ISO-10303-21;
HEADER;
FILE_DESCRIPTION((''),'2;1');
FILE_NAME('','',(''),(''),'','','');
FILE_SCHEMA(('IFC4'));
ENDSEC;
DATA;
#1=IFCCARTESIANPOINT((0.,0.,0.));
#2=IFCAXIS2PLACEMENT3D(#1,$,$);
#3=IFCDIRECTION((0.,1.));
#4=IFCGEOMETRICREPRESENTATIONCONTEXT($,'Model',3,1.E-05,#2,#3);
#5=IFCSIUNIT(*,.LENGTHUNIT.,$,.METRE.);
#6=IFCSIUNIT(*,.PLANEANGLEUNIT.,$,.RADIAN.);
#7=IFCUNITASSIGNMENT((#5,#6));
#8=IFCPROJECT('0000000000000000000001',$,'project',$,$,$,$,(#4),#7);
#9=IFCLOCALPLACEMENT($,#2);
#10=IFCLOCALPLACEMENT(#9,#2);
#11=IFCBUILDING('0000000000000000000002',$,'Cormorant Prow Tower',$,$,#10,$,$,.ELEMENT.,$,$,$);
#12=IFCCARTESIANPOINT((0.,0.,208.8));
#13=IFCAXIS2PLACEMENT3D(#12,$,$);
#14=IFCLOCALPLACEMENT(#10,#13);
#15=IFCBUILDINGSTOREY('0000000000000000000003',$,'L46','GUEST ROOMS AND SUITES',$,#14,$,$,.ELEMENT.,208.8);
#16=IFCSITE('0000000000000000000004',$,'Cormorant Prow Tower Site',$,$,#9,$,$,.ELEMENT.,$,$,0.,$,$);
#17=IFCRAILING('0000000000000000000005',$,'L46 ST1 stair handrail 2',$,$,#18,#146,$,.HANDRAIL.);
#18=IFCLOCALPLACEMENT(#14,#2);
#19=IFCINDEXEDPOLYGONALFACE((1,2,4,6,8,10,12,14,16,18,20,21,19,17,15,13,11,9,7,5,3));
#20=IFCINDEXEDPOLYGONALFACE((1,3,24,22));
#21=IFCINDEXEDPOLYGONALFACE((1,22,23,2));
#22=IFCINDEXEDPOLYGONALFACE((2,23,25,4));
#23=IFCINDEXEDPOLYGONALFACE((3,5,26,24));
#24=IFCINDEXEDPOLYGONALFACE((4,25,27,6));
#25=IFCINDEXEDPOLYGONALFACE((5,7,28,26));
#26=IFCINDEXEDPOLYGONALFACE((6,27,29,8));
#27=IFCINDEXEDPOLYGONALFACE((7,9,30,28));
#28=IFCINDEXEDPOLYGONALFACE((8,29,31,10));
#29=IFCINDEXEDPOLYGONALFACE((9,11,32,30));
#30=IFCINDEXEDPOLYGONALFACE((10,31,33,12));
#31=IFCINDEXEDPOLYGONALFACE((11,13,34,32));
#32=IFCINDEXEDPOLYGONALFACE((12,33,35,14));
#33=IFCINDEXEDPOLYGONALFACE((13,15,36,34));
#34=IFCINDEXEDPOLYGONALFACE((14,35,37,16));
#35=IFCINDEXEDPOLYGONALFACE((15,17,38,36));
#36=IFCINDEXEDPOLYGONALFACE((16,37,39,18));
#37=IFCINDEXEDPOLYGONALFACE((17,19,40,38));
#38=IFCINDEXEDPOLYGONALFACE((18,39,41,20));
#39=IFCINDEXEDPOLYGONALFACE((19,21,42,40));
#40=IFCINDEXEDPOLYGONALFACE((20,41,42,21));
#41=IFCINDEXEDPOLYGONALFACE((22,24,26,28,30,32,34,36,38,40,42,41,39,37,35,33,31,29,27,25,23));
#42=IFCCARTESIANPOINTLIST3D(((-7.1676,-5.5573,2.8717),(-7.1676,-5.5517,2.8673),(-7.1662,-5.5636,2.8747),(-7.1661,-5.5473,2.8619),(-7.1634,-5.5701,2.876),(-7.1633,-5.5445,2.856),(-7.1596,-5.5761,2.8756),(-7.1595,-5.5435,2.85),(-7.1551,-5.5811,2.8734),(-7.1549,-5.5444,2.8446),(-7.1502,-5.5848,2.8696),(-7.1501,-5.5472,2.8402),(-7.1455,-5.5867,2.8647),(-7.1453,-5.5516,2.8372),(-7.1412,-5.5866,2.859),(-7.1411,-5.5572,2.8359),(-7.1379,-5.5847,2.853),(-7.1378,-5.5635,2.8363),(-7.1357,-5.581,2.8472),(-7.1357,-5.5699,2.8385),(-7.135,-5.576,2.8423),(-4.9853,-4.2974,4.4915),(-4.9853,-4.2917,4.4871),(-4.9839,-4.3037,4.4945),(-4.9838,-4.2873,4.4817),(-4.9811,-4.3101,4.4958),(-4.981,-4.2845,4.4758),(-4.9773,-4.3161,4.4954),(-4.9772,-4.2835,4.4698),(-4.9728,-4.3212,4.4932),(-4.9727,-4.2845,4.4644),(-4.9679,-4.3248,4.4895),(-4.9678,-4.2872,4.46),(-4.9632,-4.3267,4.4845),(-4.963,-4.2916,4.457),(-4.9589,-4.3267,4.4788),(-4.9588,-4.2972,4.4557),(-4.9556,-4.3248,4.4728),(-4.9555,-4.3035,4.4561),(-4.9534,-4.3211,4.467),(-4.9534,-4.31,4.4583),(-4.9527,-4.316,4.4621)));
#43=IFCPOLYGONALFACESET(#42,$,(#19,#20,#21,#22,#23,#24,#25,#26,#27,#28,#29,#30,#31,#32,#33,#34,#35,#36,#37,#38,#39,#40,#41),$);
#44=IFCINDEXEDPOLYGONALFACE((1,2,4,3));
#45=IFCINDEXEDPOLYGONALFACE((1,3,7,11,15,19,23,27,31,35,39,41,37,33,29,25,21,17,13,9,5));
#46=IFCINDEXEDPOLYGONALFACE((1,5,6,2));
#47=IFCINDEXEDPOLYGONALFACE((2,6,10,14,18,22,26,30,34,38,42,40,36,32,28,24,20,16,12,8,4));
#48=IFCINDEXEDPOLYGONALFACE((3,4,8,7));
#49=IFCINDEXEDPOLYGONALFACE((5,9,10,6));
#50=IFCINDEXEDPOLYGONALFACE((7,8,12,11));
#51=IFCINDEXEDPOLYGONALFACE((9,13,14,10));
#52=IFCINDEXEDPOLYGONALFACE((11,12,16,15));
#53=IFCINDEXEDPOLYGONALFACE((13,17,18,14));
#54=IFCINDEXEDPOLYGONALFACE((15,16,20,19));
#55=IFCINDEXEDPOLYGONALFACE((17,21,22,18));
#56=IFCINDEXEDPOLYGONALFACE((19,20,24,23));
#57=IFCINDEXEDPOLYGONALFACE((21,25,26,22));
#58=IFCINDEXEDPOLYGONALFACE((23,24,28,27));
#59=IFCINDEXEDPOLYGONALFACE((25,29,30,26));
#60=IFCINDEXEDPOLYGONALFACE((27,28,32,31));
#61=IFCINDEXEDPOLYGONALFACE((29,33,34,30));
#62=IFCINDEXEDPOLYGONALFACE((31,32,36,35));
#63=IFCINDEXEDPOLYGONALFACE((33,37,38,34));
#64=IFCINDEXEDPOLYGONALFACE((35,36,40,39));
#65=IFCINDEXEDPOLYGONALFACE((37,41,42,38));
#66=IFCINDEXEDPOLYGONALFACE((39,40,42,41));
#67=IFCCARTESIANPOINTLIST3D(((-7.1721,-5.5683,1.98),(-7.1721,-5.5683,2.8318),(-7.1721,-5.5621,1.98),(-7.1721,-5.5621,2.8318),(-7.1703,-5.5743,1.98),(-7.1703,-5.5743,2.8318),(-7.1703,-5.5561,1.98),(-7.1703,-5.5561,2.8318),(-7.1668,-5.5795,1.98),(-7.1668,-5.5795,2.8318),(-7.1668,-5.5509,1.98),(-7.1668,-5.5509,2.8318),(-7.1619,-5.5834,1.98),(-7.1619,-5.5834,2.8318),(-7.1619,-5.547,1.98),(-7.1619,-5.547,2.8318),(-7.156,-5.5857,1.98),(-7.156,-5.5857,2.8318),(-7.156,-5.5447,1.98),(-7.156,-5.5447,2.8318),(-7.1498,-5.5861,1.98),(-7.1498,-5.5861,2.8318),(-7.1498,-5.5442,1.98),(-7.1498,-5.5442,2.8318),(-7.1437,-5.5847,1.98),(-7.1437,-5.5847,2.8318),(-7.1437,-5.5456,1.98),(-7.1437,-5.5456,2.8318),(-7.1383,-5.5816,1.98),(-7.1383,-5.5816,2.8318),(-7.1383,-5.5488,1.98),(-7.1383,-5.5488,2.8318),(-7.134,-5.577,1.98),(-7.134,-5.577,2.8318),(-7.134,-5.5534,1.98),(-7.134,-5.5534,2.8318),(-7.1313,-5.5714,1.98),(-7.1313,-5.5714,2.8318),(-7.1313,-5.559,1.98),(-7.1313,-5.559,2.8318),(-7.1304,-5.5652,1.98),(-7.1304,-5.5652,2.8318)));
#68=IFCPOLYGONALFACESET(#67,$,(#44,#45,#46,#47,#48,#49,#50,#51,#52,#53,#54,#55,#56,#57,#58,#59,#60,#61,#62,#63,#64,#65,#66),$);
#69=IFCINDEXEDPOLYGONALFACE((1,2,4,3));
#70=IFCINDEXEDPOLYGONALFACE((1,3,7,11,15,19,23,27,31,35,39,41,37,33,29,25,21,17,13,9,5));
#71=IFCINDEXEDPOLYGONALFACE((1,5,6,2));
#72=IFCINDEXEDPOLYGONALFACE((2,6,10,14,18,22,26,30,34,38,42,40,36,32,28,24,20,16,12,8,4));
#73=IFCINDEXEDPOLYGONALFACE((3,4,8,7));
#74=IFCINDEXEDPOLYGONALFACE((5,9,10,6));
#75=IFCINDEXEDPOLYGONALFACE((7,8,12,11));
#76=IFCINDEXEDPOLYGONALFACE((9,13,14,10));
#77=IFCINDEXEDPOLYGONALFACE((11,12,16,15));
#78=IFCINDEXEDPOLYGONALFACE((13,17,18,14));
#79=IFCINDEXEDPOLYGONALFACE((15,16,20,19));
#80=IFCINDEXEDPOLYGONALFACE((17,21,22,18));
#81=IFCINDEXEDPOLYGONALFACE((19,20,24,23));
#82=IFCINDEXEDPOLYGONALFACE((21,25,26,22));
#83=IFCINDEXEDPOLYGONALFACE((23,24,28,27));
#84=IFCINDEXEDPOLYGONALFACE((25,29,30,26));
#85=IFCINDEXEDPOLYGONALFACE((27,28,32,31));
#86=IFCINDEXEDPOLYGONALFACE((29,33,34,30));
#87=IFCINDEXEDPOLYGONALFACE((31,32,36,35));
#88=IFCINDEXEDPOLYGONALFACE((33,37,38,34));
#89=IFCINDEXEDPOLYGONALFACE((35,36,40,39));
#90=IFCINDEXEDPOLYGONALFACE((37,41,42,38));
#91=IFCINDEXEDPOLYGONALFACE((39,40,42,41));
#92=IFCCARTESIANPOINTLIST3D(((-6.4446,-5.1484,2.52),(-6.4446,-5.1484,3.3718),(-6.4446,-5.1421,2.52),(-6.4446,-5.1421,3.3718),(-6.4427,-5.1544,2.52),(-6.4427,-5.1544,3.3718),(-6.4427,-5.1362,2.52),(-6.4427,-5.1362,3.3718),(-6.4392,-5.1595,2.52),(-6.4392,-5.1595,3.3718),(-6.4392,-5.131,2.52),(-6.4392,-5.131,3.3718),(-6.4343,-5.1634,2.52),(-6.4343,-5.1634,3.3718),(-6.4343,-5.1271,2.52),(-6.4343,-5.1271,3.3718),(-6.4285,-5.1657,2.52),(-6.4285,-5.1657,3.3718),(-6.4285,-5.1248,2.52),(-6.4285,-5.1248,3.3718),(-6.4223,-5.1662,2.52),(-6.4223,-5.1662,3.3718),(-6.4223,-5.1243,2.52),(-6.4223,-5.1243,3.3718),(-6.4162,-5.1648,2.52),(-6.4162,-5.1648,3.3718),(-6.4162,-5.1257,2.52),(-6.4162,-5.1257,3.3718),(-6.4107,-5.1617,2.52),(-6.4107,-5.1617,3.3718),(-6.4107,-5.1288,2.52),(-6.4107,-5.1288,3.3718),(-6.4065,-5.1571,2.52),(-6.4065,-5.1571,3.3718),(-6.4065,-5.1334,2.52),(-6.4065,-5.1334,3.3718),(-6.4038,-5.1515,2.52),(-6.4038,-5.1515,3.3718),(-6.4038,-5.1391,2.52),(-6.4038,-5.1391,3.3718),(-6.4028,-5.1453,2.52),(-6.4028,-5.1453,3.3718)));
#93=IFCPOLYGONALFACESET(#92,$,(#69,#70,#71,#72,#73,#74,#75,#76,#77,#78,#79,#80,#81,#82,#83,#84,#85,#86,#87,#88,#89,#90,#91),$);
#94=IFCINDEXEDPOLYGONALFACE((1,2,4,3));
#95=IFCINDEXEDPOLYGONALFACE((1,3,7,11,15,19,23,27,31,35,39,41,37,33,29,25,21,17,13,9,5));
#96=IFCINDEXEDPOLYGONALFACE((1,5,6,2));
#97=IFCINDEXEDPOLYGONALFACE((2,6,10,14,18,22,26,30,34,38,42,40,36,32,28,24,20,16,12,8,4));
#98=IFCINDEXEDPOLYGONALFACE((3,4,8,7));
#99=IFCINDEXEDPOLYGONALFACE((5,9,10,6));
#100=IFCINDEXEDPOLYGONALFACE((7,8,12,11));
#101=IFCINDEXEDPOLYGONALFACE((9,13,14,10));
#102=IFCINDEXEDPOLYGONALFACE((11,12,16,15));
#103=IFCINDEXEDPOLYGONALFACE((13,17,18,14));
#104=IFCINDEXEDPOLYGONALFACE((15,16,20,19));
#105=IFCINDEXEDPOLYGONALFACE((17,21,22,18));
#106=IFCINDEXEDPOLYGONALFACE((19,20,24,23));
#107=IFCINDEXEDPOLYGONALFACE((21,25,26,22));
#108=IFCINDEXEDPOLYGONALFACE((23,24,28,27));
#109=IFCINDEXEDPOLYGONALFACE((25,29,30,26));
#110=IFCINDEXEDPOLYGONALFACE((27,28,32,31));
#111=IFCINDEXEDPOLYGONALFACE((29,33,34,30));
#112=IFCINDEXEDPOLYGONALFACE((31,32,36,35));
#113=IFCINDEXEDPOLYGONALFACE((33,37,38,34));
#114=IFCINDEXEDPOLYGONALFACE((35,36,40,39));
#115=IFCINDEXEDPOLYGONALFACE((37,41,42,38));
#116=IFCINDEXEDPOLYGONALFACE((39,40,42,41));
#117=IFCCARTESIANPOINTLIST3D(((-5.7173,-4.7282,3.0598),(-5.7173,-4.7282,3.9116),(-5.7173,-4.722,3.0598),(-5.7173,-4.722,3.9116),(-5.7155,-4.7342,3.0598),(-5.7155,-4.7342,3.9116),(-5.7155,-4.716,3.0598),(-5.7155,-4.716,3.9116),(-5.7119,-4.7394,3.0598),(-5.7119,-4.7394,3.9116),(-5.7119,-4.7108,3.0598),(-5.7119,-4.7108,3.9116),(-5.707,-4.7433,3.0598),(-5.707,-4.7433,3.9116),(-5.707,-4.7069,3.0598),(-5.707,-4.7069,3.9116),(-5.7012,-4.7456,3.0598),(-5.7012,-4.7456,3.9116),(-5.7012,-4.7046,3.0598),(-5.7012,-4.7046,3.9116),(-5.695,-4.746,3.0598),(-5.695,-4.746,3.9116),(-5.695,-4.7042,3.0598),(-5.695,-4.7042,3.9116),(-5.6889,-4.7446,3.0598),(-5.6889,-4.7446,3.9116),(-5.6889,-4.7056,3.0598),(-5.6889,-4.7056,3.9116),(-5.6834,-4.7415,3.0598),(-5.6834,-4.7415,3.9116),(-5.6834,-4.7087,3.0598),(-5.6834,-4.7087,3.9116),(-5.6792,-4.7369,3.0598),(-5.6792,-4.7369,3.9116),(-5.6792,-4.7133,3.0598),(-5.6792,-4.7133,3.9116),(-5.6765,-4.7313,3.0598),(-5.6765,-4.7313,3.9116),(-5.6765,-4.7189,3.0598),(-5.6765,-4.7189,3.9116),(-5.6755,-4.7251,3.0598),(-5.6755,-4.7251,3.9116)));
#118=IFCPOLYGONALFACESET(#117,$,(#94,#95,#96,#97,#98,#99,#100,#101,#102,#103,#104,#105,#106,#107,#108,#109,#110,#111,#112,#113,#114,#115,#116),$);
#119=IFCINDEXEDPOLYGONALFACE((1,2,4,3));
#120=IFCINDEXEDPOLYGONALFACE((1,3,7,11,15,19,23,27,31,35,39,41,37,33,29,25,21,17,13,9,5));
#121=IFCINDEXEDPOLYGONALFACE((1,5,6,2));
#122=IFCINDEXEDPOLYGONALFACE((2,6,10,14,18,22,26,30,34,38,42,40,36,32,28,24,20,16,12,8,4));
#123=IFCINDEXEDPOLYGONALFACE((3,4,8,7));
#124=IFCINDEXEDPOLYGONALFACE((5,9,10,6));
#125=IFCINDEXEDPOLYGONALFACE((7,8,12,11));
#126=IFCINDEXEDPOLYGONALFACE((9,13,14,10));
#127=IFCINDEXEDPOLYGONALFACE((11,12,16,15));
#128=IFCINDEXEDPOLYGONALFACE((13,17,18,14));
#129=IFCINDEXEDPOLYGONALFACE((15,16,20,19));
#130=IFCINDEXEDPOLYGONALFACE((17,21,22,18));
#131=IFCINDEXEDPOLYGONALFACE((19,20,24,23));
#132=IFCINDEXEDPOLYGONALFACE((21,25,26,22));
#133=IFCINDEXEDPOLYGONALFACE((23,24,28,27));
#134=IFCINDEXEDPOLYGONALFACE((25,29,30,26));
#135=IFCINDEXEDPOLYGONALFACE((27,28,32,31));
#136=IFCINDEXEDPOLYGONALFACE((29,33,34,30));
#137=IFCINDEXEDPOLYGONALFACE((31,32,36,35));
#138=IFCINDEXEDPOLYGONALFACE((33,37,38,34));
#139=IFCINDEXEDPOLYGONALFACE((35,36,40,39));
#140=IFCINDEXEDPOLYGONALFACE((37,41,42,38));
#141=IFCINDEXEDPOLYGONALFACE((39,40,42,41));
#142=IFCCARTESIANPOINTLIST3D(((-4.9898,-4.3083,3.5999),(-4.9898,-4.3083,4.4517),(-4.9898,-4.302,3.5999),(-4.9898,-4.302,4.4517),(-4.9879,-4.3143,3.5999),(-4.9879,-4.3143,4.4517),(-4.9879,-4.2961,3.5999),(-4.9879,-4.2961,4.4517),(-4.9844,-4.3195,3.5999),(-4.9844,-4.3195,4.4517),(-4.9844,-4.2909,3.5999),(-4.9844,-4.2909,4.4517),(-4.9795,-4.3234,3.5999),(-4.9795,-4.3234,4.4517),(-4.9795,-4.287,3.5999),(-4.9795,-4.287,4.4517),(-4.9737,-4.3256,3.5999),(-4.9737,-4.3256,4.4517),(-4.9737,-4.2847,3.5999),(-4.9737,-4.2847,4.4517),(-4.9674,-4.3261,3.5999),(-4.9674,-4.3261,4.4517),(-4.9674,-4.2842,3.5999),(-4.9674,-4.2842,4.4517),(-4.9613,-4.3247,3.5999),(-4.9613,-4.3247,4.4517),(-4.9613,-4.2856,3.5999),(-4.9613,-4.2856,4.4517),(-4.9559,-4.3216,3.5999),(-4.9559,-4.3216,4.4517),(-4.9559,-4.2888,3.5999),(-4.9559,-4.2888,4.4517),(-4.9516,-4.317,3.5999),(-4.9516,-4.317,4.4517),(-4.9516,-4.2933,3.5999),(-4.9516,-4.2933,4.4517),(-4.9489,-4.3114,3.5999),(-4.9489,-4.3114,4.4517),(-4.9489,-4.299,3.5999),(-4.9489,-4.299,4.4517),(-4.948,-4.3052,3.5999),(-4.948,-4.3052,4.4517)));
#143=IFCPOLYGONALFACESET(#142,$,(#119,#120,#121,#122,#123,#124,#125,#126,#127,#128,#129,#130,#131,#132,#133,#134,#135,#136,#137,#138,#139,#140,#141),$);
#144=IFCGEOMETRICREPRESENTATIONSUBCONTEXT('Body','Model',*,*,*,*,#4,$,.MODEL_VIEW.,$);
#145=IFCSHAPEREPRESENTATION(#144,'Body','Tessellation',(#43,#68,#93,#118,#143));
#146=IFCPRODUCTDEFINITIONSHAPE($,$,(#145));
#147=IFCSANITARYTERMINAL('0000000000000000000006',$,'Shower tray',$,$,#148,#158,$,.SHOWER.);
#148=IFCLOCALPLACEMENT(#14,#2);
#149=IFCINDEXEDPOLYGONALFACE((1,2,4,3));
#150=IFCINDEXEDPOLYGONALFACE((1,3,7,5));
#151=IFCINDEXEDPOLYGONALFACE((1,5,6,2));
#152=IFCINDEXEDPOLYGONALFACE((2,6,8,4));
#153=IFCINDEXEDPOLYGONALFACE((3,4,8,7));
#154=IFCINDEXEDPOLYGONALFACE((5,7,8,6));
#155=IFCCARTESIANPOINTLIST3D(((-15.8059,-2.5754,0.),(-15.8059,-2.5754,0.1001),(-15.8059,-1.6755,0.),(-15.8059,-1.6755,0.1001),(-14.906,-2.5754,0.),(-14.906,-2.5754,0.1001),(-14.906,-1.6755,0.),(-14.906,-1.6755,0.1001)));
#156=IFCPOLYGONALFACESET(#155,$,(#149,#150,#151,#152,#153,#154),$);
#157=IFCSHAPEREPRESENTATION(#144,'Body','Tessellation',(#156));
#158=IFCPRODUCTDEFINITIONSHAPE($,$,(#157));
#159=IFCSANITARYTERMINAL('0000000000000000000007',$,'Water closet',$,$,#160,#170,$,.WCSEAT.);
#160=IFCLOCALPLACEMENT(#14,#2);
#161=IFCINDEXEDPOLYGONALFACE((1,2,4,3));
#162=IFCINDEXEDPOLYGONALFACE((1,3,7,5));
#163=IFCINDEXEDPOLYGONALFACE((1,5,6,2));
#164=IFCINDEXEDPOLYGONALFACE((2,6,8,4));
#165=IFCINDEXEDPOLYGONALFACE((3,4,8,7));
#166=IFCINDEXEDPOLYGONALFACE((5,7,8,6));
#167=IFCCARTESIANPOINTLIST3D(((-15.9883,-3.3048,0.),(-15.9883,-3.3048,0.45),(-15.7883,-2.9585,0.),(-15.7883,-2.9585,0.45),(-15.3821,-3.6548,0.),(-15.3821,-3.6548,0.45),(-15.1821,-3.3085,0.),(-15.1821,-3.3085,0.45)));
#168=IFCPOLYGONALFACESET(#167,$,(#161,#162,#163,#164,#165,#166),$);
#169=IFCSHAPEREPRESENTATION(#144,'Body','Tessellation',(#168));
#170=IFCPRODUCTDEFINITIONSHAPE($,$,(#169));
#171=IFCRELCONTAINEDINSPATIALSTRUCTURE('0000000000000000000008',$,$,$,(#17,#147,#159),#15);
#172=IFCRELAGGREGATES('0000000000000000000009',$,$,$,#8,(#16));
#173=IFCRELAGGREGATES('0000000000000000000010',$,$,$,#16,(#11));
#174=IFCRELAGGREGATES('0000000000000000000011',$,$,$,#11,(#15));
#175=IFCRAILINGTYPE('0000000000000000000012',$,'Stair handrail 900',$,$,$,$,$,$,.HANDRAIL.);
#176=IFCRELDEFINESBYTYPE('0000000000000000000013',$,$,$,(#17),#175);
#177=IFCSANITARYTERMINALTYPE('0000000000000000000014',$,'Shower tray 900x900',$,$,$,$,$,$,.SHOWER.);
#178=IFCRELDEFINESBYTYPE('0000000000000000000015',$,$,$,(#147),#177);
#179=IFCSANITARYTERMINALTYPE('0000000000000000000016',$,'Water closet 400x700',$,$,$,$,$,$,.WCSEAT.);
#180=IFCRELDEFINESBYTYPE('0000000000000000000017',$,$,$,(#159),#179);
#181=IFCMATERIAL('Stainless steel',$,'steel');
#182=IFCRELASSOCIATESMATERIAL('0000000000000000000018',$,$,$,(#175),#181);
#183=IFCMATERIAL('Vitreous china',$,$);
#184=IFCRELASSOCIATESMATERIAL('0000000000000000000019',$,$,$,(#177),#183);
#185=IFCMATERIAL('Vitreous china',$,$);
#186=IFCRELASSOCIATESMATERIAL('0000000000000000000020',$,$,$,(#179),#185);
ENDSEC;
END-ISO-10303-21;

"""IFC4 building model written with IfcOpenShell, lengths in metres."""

from ifc_helpers import new_model, si_unit, direction, frame, origin, origin_2d, place, context, subcontext, project, spatial, rectangle, circle, extrude, material, type_object, element, save


model = new_model("IFC4")

# Units and contexts
model_context = context("Model", 3, precision=1e-05, world=origin(), true_north=direction((0.0, 1.0)))
body_context = subcontext(model_context, "Body", "Model", "MODEL_VIEW")
ifc_project = project(units=[si_unit("LENGTHUNIT", "METRE"), si_unit("PLANEANGLEUNIT", "RADIAN")], contexts=[model_context])

# Site, building, storey
site_placement = place(None, origin())
site = spatial("IfcSite", under=ifc_project, at=site_placement, Name="Cormorant Prow Tower Site", CompositionType="ELEMENT", RefElevation=0.0)
building_placement = place(site_placement, origin())
building = spatial("IfcBuilding", under=site, at=building_placement, Name="Cormorant Prow Tower", CompositionType="ELEMENT")
storey_placement = place(building_placement, frame((0.0, 0.0, 208.8)))
storey = spatial("IfcBuildingStorey", under=building, at=storey_placement, Name="L46", Description="GUEST ROOMS AND SUITES", CompositionType="ELEMENT", Elevation=208.8)

# Railing
ifc_material_1 = material(Name="Stainless steel", Category="steel")
railing_type_1 = type_object("IfcRailingType", Name="Stair handrail 900", PredefinedType="HANDRAIL", material=ifc_material_1)
railing_1_placement = place(storey_placement, frame((-7.1514, -5.5652, 1.98)))
element("IfcRailing", 1, at=railing_1_placement, inside=storey, type_object=railing_type_1, Name="L46 ST1 stair handrail 2", PredefinedType="HANDRAIL", context=body_context, shape_type="SweptSolid", body=[
    extrude(circle(Radius=0.0239, at=origin_2d()), frame((0.0, 0.0, 0.876), z_axis=(0.728496, 0.420603, 0.540728), x_axis=(-0.500005, 0.866023, 0.0)), (0.0, 0.0, 1.0), 2.9956),
    extrude(circle(Radius=0.021, at=origin_2d()), origin(), (0.0, 0.0, 1.0), 0.8518),
    extrude(circle(Radius=0.021, at=origin_2d()), frame((0.7275, 0.4199, 0.54)), (0.0, 0.0, 1.0), 0.8518),
    extrude(circle(Radius=0.021, at=origin_2d()), frame((1.4548, 0.8401, 1.0798)), (0.0, 0.0, 1.0), 0.8518),
    extrude(circle(Radius=0.021, at=origin_2d()), frame((2.1824, 1.26, 1.6199)), (0.0, 0.0, 1.0), 0.8518),
])

# Sanitary terminals
ifc_material_2 = material(Name="Vitreous china")
sanitary_terminal_type_1 = type_object("IfcSanitaryTerminalType", Name="Shower tray 900x900", PredefinedType="SHOWER", material=ifc_material_2)
sanitary_terminal_1_placement = place(storey_placement, frame((-15.356, -2.1255, 0.0), z_axis=(0.0, 0.0, 1.0), x_axis=(1.0, 0.0, 0.0)))
element("IfcSanitaryTerminal", 2, at=sanitary_terminal_1_placement, inside=storey, type_object=sanitary_terminal_type_1, Name="Shower tray", PredefinedType="SHOWER", context=body_context, shape_type="SweptSolid", body=[
    extrude(rectangle(XDim=0.8999, YDim=0.8999, at=origin_2d()), origin(), (0.0, 0.0, 1.0), 0.1001),
])
ifc_material_3 = material(Name="Vitreous china")
sanitary_terminal_type_2 = type_object("IfcSanitaryTerminalType", Name="Water closet 400x700", PredefinedType="WCSEAT", material=ifc_material_3)
sanitary_terminal_2_placement = place(storey_placement, frame((-15.5852, -3.3066, 0.0), z_axis=(0.0, 0.0, 1.0), x_axis=(-0.5, -0.866025, 0.0)))
element("IfcSanitaryTerminal", 3, at=sanitary_terminal_2_placement, inside=storey, type_object=sanitary_terminal_type_2, Name="Water closet", PredefinedType="WCSEAT", context=body_context, shape_type="SweptSolid", body=[
    extrude(rectangle(XDim=0.3999, YDim=0.7, at=origin_2d()), origin(), (0.0, 0.0, 1.0), 0.45),
])

save(model, "model.ifc")
